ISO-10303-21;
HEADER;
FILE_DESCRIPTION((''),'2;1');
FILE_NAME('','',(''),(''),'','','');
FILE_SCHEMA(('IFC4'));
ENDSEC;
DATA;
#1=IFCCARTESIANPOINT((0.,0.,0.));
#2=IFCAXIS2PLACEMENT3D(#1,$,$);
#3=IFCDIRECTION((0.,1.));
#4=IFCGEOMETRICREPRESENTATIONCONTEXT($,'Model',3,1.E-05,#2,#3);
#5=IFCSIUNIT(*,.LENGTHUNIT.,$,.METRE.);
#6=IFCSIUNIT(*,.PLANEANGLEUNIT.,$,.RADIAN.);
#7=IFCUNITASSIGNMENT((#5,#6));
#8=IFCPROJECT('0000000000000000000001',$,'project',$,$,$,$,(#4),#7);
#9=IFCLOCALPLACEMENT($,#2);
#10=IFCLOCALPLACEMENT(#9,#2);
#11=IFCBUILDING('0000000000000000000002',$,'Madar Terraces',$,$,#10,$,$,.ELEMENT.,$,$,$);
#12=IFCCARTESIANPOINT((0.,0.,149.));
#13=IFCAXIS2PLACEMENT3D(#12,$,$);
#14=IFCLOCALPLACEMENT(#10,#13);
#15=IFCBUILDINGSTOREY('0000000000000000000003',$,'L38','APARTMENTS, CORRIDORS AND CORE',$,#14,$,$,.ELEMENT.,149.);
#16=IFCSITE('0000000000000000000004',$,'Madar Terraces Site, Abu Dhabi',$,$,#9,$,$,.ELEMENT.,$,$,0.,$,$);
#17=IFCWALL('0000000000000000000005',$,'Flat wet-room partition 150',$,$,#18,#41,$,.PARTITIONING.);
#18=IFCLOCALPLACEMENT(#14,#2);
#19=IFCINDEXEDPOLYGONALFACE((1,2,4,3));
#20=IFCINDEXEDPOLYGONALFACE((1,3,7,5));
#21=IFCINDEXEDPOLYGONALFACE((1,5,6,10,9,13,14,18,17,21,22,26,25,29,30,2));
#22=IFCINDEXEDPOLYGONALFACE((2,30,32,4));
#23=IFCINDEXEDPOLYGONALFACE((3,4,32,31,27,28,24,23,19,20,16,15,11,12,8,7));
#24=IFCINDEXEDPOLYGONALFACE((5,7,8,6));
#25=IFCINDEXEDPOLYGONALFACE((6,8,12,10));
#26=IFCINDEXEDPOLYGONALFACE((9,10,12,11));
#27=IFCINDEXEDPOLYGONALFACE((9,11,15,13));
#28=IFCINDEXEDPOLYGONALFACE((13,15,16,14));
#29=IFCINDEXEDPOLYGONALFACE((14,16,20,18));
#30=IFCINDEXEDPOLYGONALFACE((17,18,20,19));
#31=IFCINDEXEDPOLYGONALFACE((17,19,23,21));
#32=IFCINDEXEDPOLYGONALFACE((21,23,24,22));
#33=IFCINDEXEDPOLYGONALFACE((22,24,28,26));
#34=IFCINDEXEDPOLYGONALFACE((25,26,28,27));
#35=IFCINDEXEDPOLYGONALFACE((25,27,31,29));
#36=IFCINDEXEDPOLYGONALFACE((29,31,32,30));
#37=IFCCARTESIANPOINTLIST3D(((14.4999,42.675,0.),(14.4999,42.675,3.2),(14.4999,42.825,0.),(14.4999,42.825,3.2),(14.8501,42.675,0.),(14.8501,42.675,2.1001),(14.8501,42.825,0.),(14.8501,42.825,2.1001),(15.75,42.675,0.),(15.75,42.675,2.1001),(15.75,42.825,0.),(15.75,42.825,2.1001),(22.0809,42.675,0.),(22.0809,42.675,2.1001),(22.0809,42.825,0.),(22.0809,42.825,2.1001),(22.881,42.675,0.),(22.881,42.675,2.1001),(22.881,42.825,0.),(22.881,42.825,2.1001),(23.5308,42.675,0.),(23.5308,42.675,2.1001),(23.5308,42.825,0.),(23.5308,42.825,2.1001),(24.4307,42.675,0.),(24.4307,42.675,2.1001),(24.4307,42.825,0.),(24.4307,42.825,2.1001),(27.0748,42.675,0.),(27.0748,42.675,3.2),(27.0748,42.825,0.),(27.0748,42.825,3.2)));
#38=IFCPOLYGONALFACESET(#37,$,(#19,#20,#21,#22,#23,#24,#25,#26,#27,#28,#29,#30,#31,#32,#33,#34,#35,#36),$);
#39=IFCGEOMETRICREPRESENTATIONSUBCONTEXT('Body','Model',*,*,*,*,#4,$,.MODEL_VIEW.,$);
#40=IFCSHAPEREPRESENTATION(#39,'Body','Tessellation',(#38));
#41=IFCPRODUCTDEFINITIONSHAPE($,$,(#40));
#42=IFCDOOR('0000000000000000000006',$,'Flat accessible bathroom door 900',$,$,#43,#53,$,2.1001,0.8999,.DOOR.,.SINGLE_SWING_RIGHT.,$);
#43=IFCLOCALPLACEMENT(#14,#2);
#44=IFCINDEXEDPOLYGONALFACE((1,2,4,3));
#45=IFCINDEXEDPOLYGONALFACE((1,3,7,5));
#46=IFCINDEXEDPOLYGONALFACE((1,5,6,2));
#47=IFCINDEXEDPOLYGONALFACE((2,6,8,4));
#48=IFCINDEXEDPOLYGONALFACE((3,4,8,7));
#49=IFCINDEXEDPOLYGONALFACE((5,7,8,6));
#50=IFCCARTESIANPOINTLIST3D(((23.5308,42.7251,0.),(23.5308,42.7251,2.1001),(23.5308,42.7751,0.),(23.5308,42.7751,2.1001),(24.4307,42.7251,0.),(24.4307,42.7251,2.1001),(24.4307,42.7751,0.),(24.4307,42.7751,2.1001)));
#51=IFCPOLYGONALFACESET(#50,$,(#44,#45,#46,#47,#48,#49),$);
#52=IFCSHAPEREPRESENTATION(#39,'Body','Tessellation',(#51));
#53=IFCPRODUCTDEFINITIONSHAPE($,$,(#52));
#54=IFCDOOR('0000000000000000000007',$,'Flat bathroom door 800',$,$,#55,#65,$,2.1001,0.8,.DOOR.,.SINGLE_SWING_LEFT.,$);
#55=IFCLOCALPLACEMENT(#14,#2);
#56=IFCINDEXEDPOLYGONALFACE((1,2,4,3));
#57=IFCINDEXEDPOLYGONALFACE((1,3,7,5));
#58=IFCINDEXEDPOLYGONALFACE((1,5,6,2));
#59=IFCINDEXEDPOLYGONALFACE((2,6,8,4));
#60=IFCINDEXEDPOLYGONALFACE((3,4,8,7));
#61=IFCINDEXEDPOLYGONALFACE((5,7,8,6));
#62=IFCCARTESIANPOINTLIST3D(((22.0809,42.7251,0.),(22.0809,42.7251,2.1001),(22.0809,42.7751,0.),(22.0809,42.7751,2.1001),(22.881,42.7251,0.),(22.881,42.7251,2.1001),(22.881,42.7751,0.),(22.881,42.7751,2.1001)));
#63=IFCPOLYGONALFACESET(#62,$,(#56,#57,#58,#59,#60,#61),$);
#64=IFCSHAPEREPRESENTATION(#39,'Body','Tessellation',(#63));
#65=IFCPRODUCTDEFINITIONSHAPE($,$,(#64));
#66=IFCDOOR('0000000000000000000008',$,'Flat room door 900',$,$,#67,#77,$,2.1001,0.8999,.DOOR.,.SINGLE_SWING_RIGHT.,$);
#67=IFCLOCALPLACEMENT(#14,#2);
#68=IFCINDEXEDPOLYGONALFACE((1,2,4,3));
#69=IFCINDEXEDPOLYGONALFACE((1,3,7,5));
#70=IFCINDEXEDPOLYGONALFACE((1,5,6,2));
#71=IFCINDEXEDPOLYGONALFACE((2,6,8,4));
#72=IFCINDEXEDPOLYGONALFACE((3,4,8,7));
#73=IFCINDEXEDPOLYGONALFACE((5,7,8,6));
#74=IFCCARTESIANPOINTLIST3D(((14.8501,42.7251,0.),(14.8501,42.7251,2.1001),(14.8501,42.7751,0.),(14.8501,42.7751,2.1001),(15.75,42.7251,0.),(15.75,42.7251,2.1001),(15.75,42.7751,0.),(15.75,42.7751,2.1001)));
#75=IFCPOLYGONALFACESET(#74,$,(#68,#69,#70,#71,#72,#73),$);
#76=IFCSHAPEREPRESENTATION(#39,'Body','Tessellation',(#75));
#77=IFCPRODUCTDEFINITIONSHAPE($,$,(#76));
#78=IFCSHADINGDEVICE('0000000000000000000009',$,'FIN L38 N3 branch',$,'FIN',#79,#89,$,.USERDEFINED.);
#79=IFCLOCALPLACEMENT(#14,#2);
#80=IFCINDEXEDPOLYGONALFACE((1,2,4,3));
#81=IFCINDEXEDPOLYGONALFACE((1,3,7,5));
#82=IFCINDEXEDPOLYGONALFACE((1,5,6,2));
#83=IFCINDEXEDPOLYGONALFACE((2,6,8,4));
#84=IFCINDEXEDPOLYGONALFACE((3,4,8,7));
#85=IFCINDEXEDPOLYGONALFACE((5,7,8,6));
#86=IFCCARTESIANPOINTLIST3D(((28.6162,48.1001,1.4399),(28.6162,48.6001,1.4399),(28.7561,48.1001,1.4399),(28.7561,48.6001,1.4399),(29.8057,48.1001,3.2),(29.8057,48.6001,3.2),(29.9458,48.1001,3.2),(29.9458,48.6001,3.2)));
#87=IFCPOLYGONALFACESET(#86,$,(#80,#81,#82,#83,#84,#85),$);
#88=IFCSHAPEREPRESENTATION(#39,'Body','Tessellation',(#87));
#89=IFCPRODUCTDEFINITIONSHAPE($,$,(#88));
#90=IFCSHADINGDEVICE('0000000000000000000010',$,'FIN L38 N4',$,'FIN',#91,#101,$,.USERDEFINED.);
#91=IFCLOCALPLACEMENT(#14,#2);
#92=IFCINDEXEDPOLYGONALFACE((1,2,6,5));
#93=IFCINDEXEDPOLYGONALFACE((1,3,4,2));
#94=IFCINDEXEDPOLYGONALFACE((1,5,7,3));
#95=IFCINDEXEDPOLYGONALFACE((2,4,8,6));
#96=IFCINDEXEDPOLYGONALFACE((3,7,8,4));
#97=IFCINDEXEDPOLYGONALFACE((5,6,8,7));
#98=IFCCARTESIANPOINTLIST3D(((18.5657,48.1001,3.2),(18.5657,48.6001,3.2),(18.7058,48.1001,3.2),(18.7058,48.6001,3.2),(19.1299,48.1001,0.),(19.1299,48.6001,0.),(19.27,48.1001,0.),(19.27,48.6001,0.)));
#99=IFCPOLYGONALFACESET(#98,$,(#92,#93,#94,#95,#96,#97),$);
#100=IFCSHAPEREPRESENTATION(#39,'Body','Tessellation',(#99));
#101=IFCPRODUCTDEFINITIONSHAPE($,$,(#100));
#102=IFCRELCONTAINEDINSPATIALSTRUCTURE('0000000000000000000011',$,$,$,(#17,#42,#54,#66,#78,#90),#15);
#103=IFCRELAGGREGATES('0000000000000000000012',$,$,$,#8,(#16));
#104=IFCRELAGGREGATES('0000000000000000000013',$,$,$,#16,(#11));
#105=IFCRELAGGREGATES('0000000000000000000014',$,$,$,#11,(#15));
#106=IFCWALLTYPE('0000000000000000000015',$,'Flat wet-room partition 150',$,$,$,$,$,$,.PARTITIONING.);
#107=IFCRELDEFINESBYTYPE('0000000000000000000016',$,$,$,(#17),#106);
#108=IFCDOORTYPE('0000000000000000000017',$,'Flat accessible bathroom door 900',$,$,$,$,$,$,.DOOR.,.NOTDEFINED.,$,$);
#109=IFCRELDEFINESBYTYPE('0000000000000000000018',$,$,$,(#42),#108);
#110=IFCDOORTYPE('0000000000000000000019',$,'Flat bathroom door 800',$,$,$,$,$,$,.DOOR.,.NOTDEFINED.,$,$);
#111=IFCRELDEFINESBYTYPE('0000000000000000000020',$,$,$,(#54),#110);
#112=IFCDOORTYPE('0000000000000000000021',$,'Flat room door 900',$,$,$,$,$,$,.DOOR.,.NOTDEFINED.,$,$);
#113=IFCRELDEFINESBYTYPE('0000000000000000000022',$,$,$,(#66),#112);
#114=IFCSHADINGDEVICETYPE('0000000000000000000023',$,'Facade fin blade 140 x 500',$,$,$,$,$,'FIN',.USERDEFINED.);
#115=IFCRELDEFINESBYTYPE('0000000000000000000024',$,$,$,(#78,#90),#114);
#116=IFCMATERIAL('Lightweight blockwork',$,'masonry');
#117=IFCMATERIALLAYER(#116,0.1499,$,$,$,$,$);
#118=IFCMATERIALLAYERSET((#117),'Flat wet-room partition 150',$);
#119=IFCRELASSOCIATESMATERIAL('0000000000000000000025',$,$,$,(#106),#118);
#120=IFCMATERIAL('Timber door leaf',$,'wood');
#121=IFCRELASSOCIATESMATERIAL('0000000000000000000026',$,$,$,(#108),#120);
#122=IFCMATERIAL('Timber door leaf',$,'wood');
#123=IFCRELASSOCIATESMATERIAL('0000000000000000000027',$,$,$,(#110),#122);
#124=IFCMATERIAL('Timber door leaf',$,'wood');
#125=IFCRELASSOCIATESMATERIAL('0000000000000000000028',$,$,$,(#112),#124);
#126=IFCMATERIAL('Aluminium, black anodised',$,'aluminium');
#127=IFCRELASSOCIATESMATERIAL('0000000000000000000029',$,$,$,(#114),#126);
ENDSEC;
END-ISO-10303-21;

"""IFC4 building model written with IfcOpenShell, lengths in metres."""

from ifc_helpers import new_model, si_unit, direction, frame, frame_2d, origin, place, context, subcontext, project, spatial, polyline, rectangle, outline, extrude, material, layer, layer_set, type_object, element, fill, save


model = new_model("IFC4")

# Units and contexts
model_context = context("Model", 3, precision=1e-05, world=origin(), true_north=direction((0.0, 1.0)))
body_context = subcontext(model_context, "Body", "Model", "MODEL_VIEW")
ifc_project = project(units=[si_unit("LENGTHUNIT", "METRE"), si_unit("PLANEANGLEUNIT", "RADIAN")], contexts=[model_context])

# Site, building, storey
site_placement = place(None, origin())
site = spatial("IfcSite", under=ifc_project, at=site_placement, Name="Madar Terraces Site, Abu Dhabi", CompositionType="ELEMENT", RefElevation=0.0)
building_placement = place(site_placement, origin())
building = spatial("IfcBuilding", under=site, at=building_placement, Name="Madar Terraces", CompositionType="ELEMENT")
storey_placement = place(building_placement, frame((0.0, 0.0, 149.0)))
storey = spatial("IfcBuildingStorey", under=building, at=storey_placement, Name="L38", Description="APARTMENTS, CORRIDORS AND CORE", CompositionType="ELEMENT", Elevation=149.0)

# Wall, openings, doors
ifc_material_1 = material(Name="Lightweight blockwork", Category="masonry")
ifc_layer_1 = layer(ifc_material_1, 0.1499)
ifc_layer_set_1 = layer_set([ifc_layer_1], Name="Flat wet-room partition 150")
wall_type_1 = type_object("IfcWallType", Name="Flat wet-room partition 150", PredefinedType="PARTITIONING", material=ifc_layer_set_1)
wall_1_placement = place(storey_placement, frame((27.075, 42.75, 0.0), z_axis=(0.0, 0.0, 1.0), x_axis=(-1.0, 0.0, 0.0)))
wall_1 = element("IfcWall", 1, at=wall_1_placement, inside=storey, type_object=wall_type_1, Name="Flat wet-room partition 150", PredefinedType="PARTITIONING", context=body_context, shape_type="SweptSolid", body=[
    extrude(rectangle(XDim=12.575, YDim=0.1499, at=frame_2d((6.2876, 0.0))), origin(), (0.0, 0.0, 1.0), 3.2),
])
opening_1_placement = place(wall_1_placement, frame((2.6443, 0.0, 0.0)))
opening_1 = element("IfcOpeningElement", 2, at=opening_1_placement, cuts=wall_1, PredefinedType="OPENING", context=body_context, shape_type="SweptSolid", body=[
    extrude(rectangle(XDim=0.8999, YDim=2.1001, at=frame_2d((0.45, 1.05))), frame((0.0, 0.085, 0.0), z_axis=(0.0, -1.0, 0.0), x_axis=(1.0, 0.0, 0.0)), (0.0, 0.0, 1.0), 0.1699),
])
opening_2_placement = place(wall_1_placement, frame((4.1941, 0.0, 0.0)))
opening_2 = element("IfcOpeningElement", 3, at=opening_2_placement, cuts=wall_1, PredefinedType="OPENING", context=body_context, shape_type="SweptSolid", body=[
    extrude(rectangle(XDim=0.8, YDim=2.1001, at=frame_2d((0.3999, 1.05))), frame((0.0, 0.085, 0.0), z_axis=(0.0, -1.0, 0.0), x_axis=(1.0, 0.0, 0.0)), (0.0, 0.0, 1.0), 0.1699),
])
opening_3_placement = place(wall_1_placement, frame((11.325, 0.0, 0.0)))
opening_3 = element("IfcOpeningElement", 4, at=opening_3_placement, cuts=wall_1, PredefinedType="OPENING", context=body_context, shape_type="SweptSolid", body=[
    extrude(rectangle(XDim=0.8999, YDim=2.1001, at=frame_2d((0.45, 1.05))), frame((0.0, 0.085, 0.0), z_axis=(0.0, -1.0, 0.0), x_axis=(1.0, 0.0, 0.0)), (0.0, 0.0, 1.0), 0.1699),
])
ifc_material_2 = material(Name="Timber door leaf", Category="wood")
door_type_1 = type_object("IfcDoorType", Name="Flat accessible bathroom door 900", OperationType="NOTDEFINED", PredefinedType="DOOR", material=ifc_material_2)
door_1_placement = place(opening_1_placement, origin())
door_1 = element("IfcDoor", 5, at=door_1_placement, inside=storey, type_object=door_type_1, Name="Flat accessible bathroom door 900", OperationType="SINGLE_SWING_RIGHT", OverallHeight=2.1001, OverallWidth=0.8999, PredefinedType="DOOR", context=body_context, shape_type="SweptSolid", body=[
    extrude(rectangle(XDim=0.8999, YDim=2.1001, at=frame_2d((0.45, 1.05))), frame((0.0, 0.0249, 0.0), z_axis=(0.0, -1.0, 0.0), x_axis=(1.0, 0.0, 0.0)), (0.0, 0.0, 1.0), 0.05),
])
fill(opening_1, door_1)
ifc_material_3 = material(Name="Timber door leaf", Category="wood")
door_type_2 = type_object("IfcDoorType", Name="Flat bathroom door 800", OperationType="NOTDEFINED", PredefinedType="DOOR", material=ifc_material_3)
door_2_placement = place(opening_2_placement, origin())
door_2 = element("IfcDoor", 6, at=door_2_placement, inside=storey, type_object=door_type_2, Name="Flat bathroom door 800", OperationType="SINGLE_SWING_LEFT", OverallHeight=2.1001, OverallWidth=0.8, PredefinedType="DOOR", context=body_context, shape_type="SweptSolid", body=[
    extrude(rectangle(XDim=0.8, YDim=2.1001, at=frame_2d((0.3999, 1.05))), frame((0.0, 0.0249, 0.0), z_axis=(0.0, -1.0, 0.0), x_axis=(1.0, 0.0, 0.0)), (0.0, 0.0, 1.0), 0.05),
])
fill(opening_2, door_2)
ifc_material_4 = material(Name="Timber door leaf", Category="wood")
door_type_3 = type_object("IfcDoorType", Name="Flat room door 900", OperationType="NOTDEFINED", PredefinedType="DOOR", material=ifc_material_4)
door_3_placement = place(opening_3_placement, origin())
door_3 = element("IfcDoor", 7, at=door_3_placement, inside=storey, type_object=door_type_3, Name="Flat room door 900", OperationType="SINGLE_SWING_RIGHT", OverallHeight=2.1001, OverallWidth=0.8999, PredefinedType="DOOR", context=body_context, shape_type="SweptSolid", body=[
    extrude(rectangle(XDim=0.8999, YDim=2.1001, at=frame_2d((0.45, 1.05))), frame((0.0, 0.0249, 0.0), z_axis=(0.0, -1.0, 0.0), x_axis=(1.0, 0.0, 0.0)), (0.0, 0.0, 1.0), 0.05),
])
fill(opening_3, door_3)

# Shading devices
ifc_material_5 = material(Name="Aluminium, black anodised", Category="aluminium")
shading_device_type = type_object("IfcShadingDeviceType", Name="Facade fin blade 140 x 500", ElementType="FIN", PredefinedType="USERDEFINED", material=ifc_material_5)
shading_device_1_placement = place(storey_placement, frame((28.7561, 48.3501, 1.4399), z_axis=(0.0, 0.0, 1.0), x_axis=(-1.0, 0.0, 0.0)))
element("IfcShadingDevice", 8, at=shading_device_1_placement, inside=storey, type_object=shading_device_type, Name="FIN L38 N3 branch", ObjectType="FIN", PredefinedType="USERDEFINED", context=body_context, shape_type="SweptSolid", body=[
    extrude(outline(polyline([(0.0, 0.0), (0.1399, 0.0), (-1.0496, 1.76), (-1.1897, 1.76), (0.0, 0.0)])), frame((0.0, 0.25, 0.0), z_axis=(0.0, -1.0, 0.0), x_axis=(1.0, 0.0, 0.0)), (0.0, 0.0, 1.0), 0.5),
])
shading_device_2_placement = place(storey_placement, frame((19.27, 48.3501, 0.0), z_axis=(0.0, 0.0, 1.0), x_axis=(-1.0, 0.0, 0.0)))
element("IfcShadingDevice", 9, at=shading_device_2_placement, inside=storey, type_object=shading_device_type, Name="FIN L38 N4", ObjectType="FIN", PredefinedType="USERDEFINED", context=body_context, shape_type="SweptSolid", body=[
    extrude(outline(polyline([(0.0, 0.0), (0.1401, 0.0), (0.7043, 3.2), (0.5642, 3.2), (0.0, 0.0)])), frame((0.0, 0.25, 0.0), z_axis=(0.0, -1.0, 0.0), x_axis=(1.0, 0.0, 0.0)), (0.0, 0.0, 1.0), 0.5),
])

save(model, "model.ifc")
